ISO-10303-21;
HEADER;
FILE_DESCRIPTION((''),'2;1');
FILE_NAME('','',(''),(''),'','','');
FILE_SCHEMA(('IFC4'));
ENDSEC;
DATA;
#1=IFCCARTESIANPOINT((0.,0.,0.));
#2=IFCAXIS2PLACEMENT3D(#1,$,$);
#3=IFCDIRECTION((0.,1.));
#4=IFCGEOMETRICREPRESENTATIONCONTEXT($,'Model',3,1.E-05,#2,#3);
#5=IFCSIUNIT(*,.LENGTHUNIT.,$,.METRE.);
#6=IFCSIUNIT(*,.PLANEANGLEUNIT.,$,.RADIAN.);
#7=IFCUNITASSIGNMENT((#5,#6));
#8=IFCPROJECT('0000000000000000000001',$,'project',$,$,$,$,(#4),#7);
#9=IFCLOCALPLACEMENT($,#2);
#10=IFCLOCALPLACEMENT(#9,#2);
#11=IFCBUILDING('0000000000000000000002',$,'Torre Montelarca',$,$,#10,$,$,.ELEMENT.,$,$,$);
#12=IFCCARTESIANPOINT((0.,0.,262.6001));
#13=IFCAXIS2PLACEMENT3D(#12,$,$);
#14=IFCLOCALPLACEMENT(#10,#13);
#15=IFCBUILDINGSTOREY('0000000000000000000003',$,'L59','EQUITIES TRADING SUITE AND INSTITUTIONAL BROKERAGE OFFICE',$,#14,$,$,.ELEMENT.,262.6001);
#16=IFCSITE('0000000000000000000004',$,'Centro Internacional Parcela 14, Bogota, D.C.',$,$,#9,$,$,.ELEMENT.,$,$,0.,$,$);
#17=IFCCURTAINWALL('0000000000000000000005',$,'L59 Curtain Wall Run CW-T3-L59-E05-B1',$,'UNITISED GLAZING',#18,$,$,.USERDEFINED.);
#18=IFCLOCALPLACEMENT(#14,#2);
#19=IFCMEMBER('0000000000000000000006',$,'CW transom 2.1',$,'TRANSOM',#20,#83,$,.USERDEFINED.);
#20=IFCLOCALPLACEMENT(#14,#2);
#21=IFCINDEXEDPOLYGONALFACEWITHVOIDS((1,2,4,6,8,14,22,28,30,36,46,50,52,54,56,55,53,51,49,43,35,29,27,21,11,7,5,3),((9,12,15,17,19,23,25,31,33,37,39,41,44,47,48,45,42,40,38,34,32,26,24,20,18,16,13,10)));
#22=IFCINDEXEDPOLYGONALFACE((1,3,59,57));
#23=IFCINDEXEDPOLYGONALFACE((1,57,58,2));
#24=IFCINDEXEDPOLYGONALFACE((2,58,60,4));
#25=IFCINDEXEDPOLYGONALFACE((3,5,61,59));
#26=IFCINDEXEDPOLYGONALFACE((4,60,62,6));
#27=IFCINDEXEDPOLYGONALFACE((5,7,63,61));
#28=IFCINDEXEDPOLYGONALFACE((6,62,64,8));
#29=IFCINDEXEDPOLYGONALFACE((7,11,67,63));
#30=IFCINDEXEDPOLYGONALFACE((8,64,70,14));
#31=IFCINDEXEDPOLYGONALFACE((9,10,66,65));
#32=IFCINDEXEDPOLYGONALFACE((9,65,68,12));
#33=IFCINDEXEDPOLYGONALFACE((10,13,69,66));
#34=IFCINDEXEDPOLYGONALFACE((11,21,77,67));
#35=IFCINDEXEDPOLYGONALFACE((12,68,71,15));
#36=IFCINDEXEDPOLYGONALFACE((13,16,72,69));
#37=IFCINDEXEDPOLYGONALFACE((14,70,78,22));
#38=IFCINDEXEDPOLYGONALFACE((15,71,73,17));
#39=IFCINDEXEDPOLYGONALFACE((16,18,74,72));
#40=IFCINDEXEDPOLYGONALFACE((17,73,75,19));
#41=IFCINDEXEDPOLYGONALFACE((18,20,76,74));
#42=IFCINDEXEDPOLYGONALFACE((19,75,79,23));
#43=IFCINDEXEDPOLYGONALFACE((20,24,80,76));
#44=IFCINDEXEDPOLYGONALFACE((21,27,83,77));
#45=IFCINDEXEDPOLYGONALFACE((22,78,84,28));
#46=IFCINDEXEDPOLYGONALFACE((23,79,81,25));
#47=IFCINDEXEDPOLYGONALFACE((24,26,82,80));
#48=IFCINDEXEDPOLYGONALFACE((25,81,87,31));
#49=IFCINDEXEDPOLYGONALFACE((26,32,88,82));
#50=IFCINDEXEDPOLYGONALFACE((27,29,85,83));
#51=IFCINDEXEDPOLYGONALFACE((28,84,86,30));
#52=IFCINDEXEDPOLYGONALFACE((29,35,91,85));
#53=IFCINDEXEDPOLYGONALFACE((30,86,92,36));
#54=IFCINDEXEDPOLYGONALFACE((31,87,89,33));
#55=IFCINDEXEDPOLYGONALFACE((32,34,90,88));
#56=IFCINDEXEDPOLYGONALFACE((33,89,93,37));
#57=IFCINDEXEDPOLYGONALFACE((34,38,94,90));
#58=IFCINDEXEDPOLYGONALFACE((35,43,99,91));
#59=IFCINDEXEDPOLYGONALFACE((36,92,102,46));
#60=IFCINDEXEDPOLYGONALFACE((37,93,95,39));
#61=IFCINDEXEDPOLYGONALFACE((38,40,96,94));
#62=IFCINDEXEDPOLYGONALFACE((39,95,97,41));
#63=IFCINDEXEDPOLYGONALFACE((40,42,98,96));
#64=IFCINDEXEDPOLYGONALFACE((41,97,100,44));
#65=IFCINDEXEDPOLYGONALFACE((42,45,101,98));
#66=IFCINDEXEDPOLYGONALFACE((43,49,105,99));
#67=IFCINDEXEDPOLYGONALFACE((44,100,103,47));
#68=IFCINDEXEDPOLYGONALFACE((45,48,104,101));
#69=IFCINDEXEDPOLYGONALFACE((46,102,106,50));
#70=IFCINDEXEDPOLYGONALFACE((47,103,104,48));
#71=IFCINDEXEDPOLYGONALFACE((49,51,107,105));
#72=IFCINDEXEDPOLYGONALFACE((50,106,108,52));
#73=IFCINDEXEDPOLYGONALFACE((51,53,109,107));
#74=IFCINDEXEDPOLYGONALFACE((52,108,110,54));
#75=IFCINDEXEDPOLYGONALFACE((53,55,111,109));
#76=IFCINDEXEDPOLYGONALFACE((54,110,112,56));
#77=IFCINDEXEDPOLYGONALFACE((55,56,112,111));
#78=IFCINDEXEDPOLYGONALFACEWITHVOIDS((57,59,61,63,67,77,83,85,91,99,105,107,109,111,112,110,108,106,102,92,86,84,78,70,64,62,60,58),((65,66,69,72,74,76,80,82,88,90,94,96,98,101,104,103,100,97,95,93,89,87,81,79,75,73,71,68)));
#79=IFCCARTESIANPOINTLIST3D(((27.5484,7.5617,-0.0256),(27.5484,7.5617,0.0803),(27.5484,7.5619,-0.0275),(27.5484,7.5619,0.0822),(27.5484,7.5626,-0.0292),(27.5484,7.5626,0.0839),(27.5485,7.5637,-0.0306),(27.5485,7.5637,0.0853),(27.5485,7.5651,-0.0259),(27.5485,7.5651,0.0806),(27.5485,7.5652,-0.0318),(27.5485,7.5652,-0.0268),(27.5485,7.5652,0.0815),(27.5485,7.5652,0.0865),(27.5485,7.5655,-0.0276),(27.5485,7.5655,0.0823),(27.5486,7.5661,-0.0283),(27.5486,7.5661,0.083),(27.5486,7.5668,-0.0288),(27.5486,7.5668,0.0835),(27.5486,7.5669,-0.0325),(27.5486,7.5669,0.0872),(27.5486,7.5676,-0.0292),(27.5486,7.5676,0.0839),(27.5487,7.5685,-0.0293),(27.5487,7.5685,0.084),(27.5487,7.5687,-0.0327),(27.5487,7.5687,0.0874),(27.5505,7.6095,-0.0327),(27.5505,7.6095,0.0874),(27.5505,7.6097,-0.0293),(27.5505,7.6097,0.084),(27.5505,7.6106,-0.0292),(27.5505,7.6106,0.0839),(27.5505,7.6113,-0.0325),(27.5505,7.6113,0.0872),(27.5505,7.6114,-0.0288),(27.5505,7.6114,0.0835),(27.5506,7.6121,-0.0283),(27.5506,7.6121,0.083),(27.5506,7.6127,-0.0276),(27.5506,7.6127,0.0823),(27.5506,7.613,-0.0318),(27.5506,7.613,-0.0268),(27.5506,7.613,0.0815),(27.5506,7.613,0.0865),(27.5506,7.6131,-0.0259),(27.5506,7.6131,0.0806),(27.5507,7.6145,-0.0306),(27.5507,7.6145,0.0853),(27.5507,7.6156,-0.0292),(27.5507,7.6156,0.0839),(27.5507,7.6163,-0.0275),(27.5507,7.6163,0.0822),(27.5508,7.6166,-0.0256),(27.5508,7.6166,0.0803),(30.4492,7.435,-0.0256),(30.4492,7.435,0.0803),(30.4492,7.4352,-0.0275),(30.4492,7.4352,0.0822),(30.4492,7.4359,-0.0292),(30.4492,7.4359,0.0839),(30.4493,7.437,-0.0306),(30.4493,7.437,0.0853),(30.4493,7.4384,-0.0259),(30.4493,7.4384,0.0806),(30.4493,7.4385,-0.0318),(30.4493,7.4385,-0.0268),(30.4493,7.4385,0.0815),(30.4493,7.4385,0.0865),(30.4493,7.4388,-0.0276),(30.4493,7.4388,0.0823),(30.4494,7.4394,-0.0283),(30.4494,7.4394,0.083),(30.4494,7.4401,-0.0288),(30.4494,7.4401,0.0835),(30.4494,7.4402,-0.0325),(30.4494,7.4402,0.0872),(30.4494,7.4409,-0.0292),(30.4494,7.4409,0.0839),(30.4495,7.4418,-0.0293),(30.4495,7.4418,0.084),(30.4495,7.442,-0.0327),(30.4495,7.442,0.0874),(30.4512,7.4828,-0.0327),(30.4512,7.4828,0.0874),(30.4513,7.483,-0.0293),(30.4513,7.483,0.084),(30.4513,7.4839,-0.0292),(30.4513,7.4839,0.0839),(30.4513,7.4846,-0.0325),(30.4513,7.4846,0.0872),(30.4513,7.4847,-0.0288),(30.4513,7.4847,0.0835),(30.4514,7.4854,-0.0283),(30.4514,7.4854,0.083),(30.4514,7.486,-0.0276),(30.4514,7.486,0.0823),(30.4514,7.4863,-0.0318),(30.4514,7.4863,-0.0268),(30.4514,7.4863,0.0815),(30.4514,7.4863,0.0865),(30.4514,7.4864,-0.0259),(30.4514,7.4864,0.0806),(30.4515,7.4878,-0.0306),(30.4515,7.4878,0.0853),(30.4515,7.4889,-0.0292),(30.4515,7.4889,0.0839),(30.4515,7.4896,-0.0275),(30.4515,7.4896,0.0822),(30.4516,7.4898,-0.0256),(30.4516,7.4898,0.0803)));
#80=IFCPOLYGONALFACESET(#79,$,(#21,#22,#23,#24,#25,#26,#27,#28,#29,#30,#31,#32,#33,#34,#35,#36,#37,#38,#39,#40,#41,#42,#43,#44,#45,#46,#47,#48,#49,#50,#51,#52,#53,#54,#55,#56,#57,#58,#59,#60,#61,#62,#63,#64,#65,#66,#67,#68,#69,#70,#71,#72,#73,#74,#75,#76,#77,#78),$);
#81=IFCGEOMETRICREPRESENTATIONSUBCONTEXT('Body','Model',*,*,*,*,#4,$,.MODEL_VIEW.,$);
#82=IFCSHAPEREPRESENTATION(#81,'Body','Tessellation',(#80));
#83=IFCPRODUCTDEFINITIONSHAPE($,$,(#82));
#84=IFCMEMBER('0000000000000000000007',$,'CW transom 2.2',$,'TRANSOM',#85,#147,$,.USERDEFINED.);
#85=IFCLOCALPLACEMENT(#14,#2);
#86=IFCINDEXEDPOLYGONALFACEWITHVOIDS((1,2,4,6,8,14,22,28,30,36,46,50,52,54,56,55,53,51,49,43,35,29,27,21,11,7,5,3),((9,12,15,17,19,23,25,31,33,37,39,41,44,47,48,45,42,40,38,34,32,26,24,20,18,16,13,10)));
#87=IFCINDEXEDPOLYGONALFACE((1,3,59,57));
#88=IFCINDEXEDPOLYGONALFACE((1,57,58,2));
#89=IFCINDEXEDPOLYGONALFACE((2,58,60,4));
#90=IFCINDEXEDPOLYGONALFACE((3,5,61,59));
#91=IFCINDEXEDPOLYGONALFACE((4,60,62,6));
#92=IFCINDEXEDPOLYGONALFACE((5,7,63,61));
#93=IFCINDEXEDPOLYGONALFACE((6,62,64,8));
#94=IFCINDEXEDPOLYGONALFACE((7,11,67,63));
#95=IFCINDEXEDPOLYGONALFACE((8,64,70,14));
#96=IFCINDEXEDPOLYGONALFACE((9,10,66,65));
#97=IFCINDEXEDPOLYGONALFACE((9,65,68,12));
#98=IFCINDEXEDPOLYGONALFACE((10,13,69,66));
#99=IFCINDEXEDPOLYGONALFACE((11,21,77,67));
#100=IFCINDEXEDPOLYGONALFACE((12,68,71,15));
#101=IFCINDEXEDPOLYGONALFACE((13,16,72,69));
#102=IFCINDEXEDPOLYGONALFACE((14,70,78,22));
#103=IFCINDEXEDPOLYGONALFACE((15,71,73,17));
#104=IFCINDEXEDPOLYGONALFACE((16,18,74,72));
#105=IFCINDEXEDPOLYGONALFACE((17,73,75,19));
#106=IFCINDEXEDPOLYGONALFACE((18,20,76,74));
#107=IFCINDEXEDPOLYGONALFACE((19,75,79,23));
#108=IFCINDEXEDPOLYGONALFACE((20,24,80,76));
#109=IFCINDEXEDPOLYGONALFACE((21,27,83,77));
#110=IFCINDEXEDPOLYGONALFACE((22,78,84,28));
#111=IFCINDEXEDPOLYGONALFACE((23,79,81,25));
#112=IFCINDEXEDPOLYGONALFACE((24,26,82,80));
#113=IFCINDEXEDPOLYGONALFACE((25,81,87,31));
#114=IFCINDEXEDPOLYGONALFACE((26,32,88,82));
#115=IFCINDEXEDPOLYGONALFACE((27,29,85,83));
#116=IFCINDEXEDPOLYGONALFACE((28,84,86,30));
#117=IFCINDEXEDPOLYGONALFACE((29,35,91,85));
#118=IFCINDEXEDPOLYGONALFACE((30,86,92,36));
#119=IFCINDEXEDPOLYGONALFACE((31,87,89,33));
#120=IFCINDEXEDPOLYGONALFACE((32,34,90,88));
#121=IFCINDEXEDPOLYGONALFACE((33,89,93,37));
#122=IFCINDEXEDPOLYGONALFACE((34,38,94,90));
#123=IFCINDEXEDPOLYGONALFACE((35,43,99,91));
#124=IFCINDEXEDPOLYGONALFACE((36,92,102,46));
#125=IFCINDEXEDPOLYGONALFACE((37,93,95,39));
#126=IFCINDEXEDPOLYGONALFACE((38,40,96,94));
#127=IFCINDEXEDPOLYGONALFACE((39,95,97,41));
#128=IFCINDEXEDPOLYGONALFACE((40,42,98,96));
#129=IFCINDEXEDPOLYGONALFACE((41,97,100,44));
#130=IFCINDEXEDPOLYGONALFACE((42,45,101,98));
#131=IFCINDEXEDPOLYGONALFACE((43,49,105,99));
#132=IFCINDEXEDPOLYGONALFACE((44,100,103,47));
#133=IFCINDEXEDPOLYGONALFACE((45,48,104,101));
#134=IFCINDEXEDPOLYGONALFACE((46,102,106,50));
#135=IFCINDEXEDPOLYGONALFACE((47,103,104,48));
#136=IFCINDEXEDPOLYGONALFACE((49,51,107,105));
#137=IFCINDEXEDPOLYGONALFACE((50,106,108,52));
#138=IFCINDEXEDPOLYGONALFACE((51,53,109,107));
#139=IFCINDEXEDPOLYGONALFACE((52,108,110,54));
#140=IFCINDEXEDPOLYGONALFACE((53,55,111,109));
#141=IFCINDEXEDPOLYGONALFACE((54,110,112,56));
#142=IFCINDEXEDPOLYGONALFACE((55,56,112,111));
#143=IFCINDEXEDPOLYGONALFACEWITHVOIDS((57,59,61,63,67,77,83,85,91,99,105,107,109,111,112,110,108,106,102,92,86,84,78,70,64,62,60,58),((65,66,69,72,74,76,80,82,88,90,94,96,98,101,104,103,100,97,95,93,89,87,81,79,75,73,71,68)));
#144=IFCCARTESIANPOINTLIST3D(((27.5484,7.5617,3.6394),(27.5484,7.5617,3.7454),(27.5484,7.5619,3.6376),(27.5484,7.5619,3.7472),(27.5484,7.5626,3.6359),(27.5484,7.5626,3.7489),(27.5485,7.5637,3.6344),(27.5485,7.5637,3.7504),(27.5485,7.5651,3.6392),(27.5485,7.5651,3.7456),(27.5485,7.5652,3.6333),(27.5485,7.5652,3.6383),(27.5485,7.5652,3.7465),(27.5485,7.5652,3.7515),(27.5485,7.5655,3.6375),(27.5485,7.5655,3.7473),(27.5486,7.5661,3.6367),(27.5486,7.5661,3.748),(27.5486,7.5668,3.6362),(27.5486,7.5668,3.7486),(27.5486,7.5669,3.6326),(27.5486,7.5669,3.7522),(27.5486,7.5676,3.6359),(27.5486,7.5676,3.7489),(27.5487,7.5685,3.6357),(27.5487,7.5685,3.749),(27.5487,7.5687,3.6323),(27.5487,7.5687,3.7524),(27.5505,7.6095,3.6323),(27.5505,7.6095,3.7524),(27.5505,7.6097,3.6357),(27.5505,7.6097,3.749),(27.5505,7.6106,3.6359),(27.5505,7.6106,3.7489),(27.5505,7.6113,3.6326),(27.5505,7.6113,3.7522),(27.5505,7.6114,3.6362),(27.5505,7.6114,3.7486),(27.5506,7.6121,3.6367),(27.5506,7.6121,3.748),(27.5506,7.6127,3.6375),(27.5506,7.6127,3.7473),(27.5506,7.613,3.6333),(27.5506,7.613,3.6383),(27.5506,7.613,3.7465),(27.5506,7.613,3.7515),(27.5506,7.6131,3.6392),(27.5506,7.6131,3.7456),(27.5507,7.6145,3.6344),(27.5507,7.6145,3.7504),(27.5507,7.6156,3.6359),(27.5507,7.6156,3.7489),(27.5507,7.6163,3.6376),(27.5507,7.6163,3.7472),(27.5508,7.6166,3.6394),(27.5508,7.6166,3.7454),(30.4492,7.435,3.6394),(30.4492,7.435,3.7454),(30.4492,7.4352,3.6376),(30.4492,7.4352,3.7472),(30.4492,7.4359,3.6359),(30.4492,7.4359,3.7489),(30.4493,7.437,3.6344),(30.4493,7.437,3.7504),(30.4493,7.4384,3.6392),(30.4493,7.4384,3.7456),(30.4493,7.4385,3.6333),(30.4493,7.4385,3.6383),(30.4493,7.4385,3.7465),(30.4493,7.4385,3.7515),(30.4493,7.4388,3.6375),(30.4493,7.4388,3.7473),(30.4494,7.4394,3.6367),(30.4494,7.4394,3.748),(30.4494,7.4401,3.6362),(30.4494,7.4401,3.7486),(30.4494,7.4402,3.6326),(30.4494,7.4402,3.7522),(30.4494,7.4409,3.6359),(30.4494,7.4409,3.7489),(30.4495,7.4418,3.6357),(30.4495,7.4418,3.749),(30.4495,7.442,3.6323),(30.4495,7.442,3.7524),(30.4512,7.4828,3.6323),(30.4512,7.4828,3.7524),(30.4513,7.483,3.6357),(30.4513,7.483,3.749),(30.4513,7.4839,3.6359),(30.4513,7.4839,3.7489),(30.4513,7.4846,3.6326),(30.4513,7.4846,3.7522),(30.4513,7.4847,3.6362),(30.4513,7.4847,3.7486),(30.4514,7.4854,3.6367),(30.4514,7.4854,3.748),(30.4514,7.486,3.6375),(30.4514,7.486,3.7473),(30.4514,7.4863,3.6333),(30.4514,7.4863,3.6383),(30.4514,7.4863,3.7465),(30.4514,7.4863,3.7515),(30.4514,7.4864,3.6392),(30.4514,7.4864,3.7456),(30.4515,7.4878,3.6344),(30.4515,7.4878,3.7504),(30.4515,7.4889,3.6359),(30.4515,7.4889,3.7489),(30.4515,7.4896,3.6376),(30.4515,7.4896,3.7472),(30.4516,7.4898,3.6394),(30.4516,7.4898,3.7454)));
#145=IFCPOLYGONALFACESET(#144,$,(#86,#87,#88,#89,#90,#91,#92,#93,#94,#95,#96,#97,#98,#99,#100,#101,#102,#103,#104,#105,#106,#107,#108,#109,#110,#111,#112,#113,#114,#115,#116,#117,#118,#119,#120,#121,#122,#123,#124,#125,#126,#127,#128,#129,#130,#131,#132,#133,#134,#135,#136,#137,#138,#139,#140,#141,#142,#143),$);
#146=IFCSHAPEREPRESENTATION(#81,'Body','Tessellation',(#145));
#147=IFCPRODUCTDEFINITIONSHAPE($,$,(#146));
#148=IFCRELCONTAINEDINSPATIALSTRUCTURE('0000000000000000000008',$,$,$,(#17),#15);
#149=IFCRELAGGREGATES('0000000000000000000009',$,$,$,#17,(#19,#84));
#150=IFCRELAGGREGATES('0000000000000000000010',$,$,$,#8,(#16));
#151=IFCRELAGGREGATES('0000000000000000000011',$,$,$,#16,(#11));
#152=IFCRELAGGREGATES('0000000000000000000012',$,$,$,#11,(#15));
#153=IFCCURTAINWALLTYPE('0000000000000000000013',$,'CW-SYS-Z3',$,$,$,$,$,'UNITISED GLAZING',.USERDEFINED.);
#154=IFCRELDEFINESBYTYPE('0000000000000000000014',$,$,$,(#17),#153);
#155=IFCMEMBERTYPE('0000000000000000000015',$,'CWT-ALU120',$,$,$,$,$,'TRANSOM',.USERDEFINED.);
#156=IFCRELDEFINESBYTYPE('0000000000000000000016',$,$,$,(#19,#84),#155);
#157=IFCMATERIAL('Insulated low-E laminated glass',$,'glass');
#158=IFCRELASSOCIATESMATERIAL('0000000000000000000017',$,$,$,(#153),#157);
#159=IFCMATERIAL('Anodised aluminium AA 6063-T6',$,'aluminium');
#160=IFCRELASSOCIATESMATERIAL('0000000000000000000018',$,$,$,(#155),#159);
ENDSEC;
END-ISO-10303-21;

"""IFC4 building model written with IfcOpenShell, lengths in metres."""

from ifc_helpers import new_model, si_unit, direction, frame, origin, origin_2d, place, context, subcontext, project, spatial, hollow_rectangle, extrude, source, transform, mapped, material, material_profile, profile_set, type_object, element, aggregate, save


model = new_model("IFC4")

# Units and contexts
model_context = context("Model", 3, precision=1e-05, world=origin(), true_north=direction((0.0, 1.0)))
body_context = subcontext(model_context, "Body", "Model", "MODEL_VIEW")
ifc_project = project(units=[si_unit("LENGTHUNIT", "METRE"), si_unit("PLANEANGLEUNIT", "RADIAN")], contexts=[model_context])

# Site, building, storey
site_placement = place(None, origin())
site = spatial("IfcSite", under=ifc_project, at=site_placement, Name="Centro Internacional Parcela 14, Bogota, D.C.", CompositionType="ELEMENT", RefElevation=0.0)
building_placement = place(site_placement, origin())
building = spatial("IfcBuilding", under=site, at=building_placement, Name="Torre Montelarca", CompositionType="ELEMENT")
storey_placement = place(building_placement, frame((0.0, 0.0, 262.6001)))
storey = spatial("IfcBuildingStorey", under=building, at=storey_placement, Name="L59", Description="EQUITIES TRADING SUITE AND INSTITUTIONAL BROKERAGE OFFICE", CompositionType="ELEMENT", Elevation=262.6001)

# Curtain wall, members
ifc_material_1 = material(Name="Insulated low-E laminated glass", Category="glass")
curtain_wall_type = type_object("IfcCurtainWallType", Name="CW-SYS-Z3", ElementType="UNITISED GLAZING", PredefinedType="USERDEFINED", material=ifc_material_1)
curtain_wall_1_placement = place(storey_placement, origin())
curtain_wall_1 = element("IfcCurtainWall", 1, at=curtain_wall_1_placement, inside=storey, type_object=curtain_wall_type, Name="L59 Curtain Wall Run CW-T3-L59-E05-B1", ObjectType="UNITISED GLAZING", PredefinedType="USERDEFINED")
ifc_material_2 = material(Name="Anodised aluminium AA 6063-T6", Category="aluminium")
ifc_material_profile_1 = material_profile(ifc_material_2, hollow_rectangle(XDim=0.0549, YDim=0.1201, WallThickness=0.0034, InnerFilletRadius=0.0034, OuterFilletRadius=0.0071, at=origin_2d()), Name="ALU55X120X3.5", Category="aluminium")
ifc_profile_set_1 = profile_set([ifc_material_profile_1], Name="Anodised aluminium AA 6063-T6")
member_type_1 = type_object("IfcMemberType", Name="CWT-ALU120", ElementType="TRANSOM", PredefinedType="USERDEFINED", material=ifc_profile_set_1)
shared_shape_1 = source(origin(), body_context, "Body", "SweptSolid", [
    extrude(hollow_rectangle(XDim=0.0549, YDim=0.1201, WallThickness=0.0034, InnerFilletRadius=0.0034, OuterFilletRadius=0.0071, at=origin_2d()), origin(), (0.0, 0.0, 1.0), 2.9036),
])
member_1_placement = place(storey_placement, frame((27.5496, 7.5891, 0.0273), z_axis=(0.999047, -0.043638, 0.0), x_axis=(0.043638, 0.999047, 0.0)))
member_1 = element("IfcMember", 2, at=member_1_placement, type_object=member_type_1, Name="CW transom 2.1", ObjectType="TRANSOM", PredefinedType="USERDEFINED", context=body_context, shape_type="MappedRepresentation", body=[
    mapped(shared_shape_1, transform((0.0, 0.0, 0.0), scale=1.0)),
])
member_2_placement = place(storey_placement, frame((27.5496, 7.5891, 3.6924), z_axis=(0.999047, -0.043638, 0.0), x_axis=(0.043638, 0.999047, 0.0)))
member_2 = element("IfcMember", 3, at=member_2_placement, type_object=member_type_1, Name="CW transom 2.2", ObjectType="TRANSOM", PredefinedType="USERDEFINED", context=body_context, shape_type="MappedRepresentation", body=[
    mapped(shared_shape_1, transform((0.0, 0.0, 0.0), scale=1.0)),
])

aggregate(curtain_wall_1, [member_1, member_2])

save(model, "model.ifc")
